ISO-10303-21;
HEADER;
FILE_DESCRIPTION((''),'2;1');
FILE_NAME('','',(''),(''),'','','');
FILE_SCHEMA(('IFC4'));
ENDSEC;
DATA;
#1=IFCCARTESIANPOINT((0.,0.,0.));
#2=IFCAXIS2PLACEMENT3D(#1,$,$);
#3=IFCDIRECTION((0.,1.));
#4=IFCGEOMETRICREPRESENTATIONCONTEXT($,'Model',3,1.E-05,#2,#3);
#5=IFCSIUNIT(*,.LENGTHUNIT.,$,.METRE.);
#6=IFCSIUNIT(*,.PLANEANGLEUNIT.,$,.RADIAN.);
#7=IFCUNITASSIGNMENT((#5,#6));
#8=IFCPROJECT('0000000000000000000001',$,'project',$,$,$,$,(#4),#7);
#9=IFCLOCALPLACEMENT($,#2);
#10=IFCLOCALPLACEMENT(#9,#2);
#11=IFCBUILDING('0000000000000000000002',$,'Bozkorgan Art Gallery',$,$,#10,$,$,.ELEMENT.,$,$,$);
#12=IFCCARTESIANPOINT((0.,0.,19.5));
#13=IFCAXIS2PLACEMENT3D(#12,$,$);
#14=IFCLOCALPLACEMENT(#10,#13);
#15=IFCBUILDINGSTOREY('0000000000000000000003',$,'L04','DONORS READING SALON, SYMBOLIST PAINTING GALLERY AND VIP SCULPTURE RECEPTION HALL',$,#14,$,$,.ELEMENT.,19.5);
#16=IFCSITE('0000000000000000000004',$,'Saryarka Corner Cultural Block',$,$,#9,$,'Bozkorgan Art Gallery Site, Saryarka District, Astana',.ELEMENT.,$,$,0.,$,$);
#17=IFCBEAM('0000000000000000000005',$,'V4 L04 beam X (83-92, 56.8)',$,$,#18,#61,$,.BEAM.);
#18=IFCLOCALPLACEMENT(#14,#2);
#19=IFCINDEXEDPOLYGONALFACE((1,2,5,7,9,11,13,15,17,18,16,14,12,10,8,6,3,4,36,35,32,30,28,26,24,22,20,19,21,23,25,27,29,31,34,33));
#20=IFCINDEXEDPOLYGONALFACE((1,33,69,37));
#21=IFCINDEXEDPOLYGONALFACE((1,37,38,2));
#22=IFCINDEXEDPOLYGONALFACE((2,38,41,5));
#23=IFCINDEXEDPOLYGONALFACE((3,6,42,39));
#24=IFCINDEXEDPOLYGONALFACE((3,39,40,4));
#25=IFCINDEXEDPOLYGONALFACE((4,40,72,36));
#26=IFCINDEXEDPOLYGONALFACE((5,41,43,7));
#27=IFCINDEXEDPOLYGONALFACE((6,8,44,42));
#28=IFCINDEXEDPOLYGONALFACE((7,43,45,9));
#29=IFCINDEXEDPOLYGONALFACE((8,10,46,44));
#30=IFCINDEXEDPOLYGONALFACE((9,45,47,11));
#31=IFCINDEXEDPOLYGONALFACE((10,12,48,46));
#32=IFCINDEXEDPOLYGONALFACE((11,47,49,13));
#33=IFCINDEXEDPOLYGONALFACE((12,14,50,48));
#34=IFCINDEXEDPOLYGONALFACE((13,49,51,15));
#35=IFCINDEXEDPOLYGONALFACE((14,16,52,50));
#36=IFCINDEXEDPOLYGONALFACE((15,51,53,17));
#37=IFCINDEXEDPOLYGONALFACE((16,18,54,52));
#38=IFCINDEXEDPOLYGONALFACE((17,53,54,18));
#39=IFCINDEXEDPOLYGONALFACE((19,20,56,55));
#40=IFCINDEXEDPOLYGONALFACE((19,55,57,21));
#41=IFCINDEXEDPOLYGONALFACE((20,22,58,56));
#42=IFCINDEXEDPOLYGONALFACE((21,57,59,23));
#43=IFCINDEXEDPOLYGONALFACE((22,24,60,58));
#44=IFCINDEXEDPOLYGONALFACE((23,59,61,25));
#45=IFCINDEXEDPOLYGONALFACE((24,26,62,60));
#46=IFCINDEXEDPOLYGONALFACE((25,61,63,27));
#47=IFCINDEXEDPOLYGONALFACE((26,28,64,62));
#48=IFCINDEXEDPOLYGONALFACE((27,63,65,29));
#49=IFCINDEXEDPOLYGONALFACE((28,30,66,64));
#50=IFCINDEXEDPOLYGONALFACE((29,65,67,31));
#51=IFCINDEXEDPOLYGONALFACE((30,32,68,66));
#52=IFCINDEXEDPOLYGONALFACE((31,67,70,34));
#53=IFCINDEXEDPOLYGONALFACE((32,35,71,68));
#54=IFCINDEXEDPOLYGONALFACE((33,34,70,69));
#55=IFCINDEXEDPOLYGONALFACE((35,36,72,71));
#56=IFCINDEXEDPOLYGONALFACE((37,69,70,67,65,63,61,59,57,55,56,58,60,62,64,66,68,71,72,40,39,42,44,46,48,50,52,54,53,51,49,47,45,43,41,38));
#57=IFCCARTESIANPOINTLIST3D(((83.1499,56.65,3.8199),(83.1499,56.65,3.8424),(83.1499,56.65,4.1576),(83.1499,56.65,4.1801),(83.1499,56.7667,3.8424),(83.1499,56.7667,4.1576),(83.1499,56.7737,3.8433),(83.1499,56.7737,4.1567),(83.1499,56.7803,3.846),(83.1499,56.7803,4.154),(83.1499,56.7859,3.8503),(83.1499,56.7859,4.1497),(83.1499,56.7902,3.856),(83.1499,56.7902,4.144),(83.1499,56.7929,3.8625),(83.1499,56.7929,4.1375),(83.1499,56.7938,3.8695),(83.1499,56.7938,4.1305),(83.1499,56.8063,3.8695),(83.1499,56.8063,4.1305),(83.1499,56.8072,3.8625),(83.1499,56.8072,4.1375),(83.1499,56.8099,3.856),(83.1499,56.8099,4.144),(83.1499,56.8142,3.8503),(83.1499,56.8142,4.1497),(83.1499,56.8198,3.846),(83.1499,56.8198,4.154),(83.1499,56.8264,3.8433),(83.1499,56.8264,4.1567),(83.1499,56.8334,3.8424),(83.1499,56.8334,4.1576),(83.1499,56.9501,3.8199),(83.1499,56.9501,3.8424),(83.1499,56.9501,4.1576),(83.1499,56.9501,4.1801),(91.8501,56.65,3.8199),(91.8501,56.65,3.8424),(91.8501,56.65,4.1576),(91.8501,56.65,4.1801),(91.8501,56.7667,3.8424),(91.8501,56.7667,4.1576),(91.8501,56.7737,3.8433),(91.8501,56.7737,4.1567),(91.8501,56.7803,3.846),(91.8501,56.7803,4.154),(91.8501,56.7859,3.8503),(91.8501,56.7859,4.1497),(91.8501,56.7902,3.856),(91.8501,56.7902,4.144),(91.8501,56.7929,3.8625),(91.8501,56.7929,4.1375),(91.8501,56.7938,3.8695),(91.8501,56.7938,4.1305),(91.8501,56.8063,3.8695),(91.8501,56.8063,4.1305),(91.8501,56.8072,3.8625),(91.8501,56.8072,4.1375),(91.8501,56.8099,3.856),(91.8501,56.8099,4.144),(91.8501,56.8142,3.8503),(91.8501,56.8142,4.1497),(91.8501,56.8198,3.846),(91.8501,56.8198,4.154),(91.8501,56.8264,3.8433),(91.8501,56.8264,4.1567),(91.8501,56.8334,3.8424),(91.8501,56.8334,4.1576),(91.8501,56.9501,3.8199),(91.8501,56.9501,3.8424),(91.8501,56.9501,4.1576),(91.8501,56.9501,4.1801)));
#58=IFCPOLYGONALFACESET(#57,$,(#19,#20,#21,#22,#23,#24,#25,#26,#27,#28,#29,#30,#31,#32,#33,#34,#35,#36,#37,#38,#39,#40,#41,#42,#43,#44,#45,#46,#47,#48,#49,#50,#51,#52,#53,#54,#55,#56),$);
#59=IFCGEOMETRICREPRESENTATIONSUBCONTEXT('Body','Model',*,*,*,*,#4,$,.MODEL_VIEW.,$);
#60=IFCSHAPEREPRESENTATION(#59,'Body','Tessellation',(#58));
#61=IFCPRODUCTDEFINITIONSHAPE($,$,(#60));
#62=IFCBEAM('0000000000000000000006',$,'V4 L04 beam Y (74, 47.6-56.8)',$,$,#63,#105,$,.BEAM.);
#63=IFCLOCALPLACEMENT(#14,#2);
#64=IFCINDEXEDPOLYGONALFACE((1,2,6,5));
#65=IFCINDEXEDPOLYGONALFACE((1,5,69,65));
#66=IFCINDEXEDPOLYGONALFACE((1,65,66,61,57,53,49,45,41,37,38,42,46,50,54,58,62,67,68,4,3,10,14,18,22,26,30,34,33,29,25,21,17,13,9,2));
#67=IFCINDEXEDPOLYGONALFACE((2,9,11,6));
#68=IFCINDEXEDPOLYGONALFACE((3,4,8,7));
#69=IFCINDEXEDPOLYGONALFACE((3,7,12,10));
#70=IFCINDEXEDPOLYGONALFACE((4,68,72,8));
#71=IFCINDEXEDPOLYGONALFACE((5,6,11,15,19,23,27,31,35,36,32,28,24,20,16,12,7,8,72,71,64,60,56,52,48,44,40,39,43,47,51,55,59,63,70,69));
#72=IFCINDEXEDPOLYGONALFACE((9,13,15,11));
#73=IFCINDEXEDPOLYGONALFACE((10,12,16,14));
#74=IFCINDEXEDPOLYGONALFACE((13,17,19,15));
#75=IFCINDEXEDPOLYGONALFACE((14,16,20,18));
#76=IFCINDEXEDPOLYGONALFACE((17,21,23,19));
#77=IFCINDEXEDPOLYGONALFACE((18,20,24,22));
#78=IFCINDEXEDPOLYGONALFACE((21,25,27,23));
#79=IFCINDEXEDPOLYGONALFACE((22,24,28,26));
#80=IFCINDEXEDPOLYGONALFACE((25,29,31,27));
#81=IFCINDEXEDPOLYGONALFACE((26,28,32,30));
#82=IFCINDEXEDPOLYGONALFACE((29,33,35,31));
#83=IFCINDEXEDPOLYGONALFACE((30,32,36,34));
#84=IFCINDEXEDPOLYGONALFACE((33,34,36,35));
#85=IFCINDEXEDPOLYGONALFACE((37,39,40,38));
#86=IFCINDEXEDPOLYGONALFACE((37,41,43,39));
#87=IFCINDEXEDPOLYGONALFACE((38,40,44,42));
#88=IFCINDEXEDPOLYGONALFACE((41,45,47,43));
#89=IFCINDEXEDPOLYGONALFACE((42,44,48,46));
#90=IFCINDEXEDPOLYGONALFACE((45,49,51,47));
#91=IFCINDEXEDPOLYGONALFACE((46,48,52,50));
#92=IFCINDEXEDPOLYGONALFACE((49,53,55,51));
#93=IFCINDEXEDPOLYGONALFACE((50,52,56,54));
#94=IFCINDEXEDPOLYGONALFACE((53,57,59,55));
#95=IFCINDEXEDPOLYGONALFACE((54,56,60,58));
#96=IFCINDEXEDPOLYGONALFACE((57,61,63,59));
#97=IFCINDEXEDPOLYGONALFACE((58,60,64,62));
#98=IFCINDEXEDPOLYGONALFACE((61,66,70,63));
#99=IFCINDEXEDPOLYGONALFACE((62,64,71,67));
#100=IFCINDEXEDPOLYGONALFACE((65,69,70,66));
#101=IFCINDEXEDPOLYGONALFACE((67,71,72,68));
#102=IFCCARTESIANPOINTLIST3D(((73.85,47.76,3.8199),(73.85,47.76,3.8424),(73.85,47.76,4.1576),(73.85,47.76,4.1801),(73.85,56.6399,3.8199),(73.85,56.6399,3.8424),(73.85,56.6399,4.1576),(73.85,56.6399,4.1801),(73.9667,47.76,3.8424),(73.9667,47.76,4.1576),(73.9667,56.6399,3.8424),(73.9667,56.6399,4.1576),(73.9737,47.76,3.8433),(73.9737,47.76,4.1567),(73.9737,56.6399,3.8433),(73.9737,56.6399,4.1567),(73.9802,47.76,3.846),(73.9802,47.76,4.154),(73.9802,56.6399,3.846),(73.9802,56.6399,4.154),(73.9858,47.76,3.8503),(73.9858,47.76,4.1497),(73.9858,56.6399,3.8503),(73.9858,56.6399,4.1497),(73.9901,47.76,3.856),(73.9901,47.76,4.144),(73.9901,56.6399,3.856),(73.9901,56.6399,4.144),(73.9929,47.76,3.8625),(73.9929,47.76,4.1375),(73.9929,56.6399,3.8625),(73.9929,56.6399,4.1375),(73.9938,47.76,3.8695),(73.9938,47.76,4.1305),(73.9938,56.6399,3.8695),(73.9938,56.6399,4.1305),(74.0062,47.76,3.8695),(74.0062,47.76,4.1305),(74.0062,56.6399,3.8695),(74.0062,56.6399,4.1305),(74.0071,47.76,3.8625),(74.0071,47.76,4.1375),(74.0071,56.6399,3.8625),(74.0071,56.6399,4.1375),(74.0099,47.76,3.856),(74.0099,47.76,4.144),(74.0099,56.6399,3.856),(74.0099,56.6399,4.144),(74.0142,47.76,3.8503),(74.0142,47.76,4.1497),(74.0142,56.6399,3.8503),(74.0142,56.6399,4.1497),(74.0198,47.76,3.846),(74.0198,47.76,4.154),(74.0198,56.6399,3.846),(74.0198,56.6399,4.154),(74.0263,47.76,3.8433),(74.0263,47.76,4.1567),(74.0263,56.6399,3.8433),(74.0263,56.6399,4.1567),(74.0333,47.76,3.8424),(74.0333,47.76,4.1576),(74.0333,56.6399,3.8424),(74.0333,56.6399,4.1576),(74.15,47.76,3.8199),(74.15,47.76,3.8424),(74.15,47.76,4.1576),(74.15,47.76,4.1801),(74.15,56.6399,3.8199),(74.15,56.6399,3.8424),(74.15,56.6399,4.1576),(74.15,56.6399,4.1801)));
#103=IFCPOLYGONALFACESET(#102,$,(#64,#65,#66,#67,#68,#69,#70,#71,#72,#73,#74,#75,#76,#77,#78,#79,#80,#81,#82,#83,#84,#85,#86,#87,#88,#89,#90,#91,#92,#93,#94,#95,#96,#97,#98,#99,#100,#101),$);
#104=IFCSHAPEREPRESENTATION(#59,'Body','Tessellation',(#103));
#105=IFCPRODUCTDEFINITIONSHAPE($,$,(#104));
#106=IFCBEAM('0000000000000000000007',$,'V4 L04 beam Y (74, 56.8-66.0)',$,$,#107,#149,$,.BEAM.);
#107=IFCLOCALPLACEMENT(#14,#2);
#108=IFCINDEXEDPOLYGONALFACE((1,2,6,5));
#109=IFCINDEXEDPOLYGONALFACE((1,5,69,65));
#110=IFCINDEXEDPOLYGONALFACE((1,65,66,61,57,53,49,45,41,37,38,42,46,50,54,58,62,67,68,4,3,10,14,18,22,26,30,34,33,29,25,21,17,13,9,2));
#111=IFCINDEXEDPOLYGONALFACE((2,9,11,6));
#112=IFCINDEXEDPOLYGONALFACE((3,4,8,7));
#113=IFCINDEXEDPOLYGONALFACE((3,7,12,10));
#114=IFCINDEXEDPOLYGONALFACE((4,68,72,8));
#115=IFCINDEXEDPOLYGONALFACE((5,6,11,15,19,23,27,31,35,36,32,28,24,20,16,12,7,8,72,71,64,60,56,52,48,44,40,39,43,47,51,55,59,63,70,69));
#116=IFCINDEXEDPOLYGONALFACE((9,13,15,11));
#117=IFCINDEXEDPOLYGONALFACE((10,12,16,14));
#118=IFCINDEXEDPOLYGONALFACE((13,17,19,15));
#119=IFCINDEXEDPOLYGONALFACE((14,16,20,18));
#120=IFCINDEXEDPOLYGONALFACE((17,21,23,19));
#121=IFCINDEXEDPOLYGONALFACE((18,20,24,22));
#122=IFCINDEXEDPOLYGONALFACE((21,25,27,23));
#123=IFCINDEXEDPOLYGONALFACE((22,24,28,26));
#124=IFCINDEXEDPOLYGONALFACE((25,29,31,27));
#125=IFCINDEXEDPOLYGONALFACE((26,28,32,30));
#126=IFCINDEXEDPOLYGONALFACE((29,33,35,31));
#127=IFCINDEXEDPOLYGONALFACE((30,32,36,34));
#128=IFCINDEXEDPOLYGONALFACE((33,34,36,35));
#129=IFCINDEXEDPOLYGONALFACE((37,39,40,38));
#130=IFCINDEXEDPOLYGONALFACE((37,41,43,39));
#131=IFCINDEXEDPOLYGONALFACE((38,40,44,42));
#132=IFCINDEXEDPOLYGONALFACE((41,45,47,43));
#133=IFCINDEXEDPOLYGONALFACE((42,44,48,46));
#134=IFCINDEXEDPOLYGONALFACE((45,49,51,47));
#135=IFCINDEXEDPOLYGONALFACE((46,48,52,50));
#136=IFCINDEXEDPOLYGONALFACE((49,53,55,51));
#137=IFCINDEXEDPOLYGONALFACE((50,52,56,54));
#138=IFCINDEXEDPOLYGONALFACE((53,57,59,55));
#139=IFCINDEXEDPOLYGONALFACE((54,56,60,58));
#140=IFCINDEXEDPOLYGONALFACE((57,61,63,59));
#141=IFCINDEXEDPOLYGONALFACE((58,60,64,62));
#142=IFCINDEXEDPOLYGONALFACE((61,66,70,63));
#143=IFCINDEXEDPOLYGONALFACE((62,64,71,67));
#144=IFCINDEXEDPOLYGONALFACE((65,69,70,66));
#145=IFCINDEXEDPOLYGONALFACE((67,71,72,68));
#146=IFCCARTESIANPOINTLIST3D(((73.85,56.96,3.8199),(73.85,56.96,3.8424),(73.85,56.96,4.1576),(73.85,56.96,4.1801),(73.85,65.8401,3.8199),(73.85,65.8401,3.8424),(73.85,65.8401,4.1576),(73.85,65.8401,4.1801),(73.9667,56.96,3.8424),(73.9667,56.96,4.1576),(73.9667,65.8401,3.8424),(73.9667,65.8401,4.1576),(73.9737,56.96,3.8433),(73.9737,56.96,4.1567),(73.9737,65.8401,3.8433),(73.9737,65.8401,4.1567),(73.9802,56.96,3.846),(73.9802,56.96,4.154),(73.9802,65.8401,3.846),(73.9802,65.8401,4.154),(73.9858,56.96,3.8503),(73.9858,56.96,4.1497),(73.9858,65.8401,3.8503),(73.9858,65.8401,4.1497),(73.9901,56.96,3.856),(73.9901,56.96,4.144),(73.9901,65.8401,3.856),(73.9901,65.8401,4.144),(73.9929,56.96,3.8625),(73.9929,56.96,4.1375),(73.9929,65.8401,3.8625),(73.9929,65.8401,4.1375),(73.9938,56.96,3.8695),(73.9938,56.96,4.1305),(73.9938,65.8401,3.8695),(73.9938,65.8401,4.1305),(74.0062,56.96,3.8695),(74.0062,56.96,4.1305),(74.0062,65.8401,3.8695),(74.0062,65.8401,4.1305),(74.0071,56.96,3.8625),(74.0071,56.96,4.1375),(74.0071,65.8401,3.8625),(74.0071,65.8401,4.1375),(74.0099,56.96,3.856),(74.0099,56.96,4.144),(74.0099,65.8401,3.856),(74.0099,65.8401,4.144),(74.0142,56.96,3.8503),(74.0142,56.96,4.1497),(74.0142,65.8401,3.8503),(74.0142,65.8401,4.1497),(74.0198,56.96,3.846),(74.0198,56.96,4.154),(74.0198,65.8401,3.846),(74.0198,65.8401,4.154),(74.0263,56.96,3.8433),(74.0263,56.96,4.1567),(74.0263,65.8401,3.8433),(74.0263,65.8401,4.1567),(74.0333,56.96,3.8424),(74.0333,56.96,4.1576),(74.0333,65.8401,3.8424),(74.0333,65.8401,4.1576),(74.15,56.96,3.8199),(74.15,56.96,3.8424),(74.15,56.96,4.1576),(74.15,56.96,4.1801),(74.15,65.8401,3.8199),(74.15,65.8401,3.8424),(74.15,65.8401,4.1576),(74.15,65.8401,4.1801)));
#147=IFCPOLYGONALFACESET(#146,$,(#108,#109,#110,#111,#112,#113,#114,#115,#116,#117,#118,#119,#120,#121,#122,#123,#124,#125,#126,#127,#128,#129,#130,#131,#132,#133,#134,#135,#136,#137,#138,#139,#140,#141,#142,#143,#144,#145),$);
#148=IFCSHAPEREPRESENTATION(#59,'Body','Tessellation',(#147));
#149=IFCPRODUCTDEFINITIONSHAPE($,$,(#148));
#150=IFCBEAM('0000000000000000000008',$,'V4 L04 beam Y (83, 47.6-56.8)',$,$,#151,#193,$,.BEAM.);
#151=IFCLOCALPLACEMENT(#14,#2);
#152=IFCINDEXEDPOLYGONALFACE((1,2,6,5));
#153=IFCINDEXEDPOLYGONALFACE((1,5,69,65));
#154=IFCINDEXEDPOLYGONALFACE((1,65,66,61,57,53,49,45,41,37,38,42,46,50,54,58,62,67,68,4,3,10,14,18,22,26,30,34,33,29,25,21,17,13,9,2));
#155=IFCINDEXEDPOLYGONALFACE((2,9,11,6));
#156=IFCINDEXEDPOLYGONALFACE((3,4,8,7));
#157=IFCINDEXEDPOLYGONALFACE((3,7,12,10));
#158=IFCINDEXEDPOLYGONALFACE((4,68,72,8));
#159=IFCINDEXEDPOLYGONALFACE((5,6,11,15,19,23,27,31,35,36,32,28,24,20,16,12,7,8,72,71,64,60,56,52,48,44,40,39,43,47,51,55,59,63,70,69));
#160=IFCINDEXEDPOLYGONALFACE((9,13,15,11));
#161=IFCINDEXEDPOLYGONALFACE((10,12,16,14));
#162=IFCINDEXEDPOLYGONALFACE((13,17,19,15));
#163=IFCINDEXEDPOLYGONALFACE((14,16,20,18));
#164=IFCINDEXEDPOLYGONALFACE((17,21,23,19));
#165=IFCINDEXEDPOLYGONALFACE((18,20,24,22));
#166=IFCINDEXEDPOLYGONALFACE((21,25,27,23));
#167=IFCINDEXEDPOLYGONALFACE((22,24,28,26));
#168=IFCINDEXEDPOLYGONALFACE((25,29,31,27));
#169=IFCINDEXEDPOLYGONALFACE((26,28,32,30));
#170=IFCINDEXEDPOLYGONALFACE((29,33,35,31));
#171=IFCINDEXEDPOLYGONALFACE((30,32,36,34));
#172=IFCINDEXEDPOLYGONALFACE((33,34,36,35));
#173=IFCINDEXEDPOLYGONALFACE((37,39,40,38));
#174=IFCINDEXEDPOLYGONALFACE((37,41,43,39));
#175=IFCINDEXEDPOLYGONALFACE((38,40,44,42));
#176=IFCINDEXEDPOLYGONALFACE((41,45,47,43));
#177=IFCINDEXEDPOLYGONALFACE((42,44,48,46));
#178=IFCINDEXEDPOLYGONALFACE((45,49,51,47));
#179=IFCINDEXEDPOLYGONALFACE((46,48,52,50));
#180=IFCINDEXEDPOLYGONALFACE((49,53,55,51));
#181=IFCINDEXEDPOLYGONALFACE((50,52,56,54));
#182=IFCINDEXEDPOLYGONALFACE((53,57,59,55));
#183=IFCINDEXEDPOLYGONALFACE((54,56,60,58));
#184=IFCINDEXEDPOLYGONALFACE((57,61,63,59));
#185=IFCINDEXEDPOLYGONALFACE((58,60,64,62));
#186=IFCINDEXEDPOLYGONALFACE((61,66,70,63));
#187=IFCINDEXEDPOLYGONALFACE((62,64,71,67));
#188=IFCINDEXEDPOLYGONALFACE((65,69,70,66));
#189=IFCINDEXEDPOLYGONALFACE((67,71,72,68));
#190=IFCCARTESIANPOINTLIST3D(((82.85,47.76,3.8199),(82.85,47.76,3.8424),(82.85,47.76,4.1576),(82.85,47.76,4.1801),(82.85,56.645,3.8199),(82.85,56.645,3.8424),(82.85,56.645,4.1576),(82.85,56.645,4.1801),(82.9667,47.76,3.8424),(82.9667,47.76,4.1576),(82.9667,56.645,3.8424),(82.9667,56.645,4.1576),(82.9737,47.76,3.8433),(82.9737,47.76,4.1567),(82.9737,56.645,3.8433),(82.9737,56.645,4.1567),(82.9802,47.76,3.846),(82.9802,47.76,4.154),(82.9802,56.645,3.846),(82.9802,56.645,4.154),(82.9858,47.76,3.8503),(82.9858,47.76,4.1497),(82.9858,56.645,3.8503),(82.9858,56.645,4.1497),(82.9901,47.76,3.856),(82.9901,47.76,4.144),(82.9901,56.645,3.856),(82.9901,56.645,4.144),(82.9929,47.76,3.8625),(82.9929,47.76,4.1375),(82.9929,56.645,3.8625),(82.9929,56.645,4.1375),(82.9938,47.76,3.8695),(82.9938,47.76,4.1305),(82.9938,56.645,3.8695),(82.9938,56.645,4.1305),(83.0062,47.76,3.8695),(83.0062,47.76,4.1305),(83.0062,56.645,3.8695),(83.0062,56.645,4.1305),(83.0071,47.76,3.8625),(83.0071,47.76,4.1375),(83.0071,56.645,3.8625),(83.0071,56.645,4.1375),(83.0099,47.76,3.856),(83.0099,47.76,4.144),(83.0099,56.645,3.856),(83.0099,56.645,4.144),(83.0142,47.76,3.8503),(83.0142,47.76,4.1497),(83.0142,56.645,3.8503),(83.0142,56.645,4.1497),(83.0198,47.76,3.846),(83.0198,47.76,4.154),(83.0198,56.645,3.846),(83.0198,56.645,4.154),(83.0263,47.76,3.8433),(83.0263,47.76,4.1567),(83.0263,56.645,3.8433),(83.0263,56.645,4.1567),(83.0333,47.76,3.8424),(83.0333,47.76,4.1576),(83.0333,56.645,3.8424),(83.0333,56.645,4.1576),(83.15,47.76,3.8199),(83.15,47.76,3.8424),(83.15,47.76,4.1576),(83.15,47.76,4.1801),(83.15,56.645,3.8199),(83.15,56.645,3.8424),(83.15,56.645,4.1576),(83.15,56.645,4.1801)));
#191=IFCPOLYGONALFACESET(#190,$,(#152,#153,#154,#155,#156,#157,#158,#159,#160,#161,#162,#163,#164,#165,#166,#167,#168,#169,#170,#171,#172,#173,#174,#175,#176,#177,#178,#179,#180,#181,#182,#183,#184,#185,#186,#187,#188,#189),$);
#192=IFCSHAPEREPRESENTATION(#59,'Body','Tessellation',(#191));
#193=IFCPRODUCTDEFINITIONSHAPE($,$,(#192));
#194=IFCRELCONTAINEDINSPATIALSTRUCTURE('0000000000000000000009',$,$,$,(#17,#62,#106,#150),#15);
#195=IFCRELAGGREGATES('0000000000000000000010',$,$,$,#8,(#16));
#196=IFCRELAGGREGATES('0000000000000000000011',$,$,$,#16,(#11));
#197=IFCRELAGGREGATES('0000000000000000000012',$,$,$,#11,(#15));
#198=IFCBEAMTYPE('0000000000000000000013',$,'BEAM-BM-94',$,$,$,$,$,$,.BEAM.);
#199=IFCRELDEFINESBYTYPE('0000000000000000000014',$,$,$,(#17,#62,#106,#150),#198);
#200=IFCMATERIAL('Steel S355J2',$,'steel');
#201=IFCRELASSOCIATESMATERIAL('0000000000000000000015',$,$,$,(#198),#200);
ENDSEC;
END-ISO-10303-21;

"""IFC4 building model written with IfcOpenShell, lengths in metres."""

from ifc_helpers import new_model, si_unit, direction, frame, origin, origin_2d, place, context, subcontext, project, spatial, i_section, extrude, material, material_profile, profile_set, type_object, element, save


model = new_model("IFC4")

# Units and contexts
model_context = context("Model", 3, precision=1e-05, world=origin(), true_north=direction((0.0, 1.0)))
body_context = subcontext(model_context, "Body", "Model", "MODEL_VIEW")
ifc_project = project(units=[si_unit("LENGTHUNIT", "METRE"), si_unit("PLANEANGLEUNIT", "RADIAN")], contexts=[model_context])

# Site, building, storey
site_placement = place(None, origin())
site = spatial("IfcSite", under=ifc_project, at=site_placement, Name="Saryarka Corner Cultural Block", LongName="Bozkorgan Art Gallery Site, Saryarka District, Astana", CompositionType="ELEMENT", RefElevation=0.0)
building_placement = place(site_placement, origin())
building = spatial("IfcBuilding", under=site, at=building_placement, Name="Bozkorgan Art Gallery", CompositionType="ELEMENT")
storey_placement = place(building_placement, frame((0.0, 0.0, 19.5)))
storey = spatial("IfcBuildingStorey", under=building, at=storey_placement, Name="L04", Description="DONORS READING SALON, SYMBOLIST PAINTING GALLERY AND VIP SCULPTURE RECEPTION HALL", CompositionType="ELEMENT", Elevation=19.5)

# Shared definitions
ifc_material_1 = material(Name="Steel S355J2", Category="steel")

# Beams
ifc_material_profile_1 = material_profile(ifc_material_1, i_section(OverallWidth=0.3, OverallDepth=0.3601, WebThickness=0.0125, FlangeThickness=0.0225, FilletRadius=0.0271, at=origin_2d()), Name="HEB 360")
ifc_profile_set_1 = profile_set([ifc_material_profile_1], Name="Steel S355J2")
beam_type = type_object("IfcBeamType", Name="BEAM-BM-94", PredefinedType="BEAM", material=ifc_profile_set_1)
for number, where, z_axis, x_axis, name in (
    (1, (83.1499, 56.8, 4.0), (1.0, 0.0, 0.0), (0.0, 1.0, 0.0), "V4 L04 beam X (83-92, 56.8)"),
):
    element("IfcBeam", number, at=place(storey_placement, frame(where, z_axis=z_axis, x_axis=x_axis)), inside=storey, type_object=beam_type, Name=name, PredefinedType="BEAM", context=body_context, shape_type="SweptSolid", body=[
        extrude(i_section(OverallWidth=0.3, OverallDepth=0.3601, WebThickness=0.0125, FlangeThickness=0.0225, FilletRadius=0.0271, at=origin_2d()), origin(), (0.0, 0.0, 1.0), 8.7002),
    ])
beam_1_placement = place(storey_placement, frame((74.0, 47.76, 4.0), z_axis=(0.0, 1.0, 0.0), x_axis=(-1.0, 0.0, 0.0)))
element("IfcBeam", 2, at=beam_1_placement, inside=storey, type_object=beam_type, Name="V4 L04 beam Y (74, 47.6-56.8)", PredefinedType="BEAM", context=body_context, shape_type="SweptSolid", body=[
    extrude(i_section(OverallWidth=0.3, OverallDepth=0.3601, WebThickness=0.0125, FlangeThickness=0.0225, FilletRadius=0.0271, at=origin_2d()), origin(), (0.0, 0.0, 1.0), 8.8799),
])
beam_2_placement = place(storey_placement, frame((74.0, 56.96, 4.0), z_axis=(0.0, 1.0, 0.0), x_axis=(-1.0, 0.0, 0.0)))
element("IfcBeam", 3, at=beam_2_placement, inside=storey, type_object=beam_type, Name="V4 L04 beam Y (74, 56.8-66.0)", PredefinedType="BEAM", context=body_context, shape_type="SweptSolid", body=[
    extrude(i_section(OverallWidth=0.3, OverallDepth=0.3601, WebThickness=0.0125, FlangeThickness=0.0225, FilletRadius=0.0271, at=origin_2d()), origin(), (0.0, 0.0, 1.0), 8.8801),
])
beam_3_placement = place(storey_placement, frame((83.0, 47.76, 4.0), z_axis=(0.0, 1.0, 0.0), x_axis=(-1.0, 0.0, 0.0)))
element("IfcBeam", 4, at=beam_3_placement, inside=storey, type_object=beam_type, Name="V4 L04 beam Y (83, 47.6-56.8)", PredefinedType="BEAM", context=body_context, shape_type="SweptSolid", body=[
    extrude(i_section(OverallWidth=0.3, OverallDepth=0.3601, WebThickness=0.0125, FlangeThickness=0.0225, FilletRadius=0.0271, at=origin_2d()), origin(), (0.0, 0.0, 1.0), 8.885),
])

save(model, "model.ifc")
